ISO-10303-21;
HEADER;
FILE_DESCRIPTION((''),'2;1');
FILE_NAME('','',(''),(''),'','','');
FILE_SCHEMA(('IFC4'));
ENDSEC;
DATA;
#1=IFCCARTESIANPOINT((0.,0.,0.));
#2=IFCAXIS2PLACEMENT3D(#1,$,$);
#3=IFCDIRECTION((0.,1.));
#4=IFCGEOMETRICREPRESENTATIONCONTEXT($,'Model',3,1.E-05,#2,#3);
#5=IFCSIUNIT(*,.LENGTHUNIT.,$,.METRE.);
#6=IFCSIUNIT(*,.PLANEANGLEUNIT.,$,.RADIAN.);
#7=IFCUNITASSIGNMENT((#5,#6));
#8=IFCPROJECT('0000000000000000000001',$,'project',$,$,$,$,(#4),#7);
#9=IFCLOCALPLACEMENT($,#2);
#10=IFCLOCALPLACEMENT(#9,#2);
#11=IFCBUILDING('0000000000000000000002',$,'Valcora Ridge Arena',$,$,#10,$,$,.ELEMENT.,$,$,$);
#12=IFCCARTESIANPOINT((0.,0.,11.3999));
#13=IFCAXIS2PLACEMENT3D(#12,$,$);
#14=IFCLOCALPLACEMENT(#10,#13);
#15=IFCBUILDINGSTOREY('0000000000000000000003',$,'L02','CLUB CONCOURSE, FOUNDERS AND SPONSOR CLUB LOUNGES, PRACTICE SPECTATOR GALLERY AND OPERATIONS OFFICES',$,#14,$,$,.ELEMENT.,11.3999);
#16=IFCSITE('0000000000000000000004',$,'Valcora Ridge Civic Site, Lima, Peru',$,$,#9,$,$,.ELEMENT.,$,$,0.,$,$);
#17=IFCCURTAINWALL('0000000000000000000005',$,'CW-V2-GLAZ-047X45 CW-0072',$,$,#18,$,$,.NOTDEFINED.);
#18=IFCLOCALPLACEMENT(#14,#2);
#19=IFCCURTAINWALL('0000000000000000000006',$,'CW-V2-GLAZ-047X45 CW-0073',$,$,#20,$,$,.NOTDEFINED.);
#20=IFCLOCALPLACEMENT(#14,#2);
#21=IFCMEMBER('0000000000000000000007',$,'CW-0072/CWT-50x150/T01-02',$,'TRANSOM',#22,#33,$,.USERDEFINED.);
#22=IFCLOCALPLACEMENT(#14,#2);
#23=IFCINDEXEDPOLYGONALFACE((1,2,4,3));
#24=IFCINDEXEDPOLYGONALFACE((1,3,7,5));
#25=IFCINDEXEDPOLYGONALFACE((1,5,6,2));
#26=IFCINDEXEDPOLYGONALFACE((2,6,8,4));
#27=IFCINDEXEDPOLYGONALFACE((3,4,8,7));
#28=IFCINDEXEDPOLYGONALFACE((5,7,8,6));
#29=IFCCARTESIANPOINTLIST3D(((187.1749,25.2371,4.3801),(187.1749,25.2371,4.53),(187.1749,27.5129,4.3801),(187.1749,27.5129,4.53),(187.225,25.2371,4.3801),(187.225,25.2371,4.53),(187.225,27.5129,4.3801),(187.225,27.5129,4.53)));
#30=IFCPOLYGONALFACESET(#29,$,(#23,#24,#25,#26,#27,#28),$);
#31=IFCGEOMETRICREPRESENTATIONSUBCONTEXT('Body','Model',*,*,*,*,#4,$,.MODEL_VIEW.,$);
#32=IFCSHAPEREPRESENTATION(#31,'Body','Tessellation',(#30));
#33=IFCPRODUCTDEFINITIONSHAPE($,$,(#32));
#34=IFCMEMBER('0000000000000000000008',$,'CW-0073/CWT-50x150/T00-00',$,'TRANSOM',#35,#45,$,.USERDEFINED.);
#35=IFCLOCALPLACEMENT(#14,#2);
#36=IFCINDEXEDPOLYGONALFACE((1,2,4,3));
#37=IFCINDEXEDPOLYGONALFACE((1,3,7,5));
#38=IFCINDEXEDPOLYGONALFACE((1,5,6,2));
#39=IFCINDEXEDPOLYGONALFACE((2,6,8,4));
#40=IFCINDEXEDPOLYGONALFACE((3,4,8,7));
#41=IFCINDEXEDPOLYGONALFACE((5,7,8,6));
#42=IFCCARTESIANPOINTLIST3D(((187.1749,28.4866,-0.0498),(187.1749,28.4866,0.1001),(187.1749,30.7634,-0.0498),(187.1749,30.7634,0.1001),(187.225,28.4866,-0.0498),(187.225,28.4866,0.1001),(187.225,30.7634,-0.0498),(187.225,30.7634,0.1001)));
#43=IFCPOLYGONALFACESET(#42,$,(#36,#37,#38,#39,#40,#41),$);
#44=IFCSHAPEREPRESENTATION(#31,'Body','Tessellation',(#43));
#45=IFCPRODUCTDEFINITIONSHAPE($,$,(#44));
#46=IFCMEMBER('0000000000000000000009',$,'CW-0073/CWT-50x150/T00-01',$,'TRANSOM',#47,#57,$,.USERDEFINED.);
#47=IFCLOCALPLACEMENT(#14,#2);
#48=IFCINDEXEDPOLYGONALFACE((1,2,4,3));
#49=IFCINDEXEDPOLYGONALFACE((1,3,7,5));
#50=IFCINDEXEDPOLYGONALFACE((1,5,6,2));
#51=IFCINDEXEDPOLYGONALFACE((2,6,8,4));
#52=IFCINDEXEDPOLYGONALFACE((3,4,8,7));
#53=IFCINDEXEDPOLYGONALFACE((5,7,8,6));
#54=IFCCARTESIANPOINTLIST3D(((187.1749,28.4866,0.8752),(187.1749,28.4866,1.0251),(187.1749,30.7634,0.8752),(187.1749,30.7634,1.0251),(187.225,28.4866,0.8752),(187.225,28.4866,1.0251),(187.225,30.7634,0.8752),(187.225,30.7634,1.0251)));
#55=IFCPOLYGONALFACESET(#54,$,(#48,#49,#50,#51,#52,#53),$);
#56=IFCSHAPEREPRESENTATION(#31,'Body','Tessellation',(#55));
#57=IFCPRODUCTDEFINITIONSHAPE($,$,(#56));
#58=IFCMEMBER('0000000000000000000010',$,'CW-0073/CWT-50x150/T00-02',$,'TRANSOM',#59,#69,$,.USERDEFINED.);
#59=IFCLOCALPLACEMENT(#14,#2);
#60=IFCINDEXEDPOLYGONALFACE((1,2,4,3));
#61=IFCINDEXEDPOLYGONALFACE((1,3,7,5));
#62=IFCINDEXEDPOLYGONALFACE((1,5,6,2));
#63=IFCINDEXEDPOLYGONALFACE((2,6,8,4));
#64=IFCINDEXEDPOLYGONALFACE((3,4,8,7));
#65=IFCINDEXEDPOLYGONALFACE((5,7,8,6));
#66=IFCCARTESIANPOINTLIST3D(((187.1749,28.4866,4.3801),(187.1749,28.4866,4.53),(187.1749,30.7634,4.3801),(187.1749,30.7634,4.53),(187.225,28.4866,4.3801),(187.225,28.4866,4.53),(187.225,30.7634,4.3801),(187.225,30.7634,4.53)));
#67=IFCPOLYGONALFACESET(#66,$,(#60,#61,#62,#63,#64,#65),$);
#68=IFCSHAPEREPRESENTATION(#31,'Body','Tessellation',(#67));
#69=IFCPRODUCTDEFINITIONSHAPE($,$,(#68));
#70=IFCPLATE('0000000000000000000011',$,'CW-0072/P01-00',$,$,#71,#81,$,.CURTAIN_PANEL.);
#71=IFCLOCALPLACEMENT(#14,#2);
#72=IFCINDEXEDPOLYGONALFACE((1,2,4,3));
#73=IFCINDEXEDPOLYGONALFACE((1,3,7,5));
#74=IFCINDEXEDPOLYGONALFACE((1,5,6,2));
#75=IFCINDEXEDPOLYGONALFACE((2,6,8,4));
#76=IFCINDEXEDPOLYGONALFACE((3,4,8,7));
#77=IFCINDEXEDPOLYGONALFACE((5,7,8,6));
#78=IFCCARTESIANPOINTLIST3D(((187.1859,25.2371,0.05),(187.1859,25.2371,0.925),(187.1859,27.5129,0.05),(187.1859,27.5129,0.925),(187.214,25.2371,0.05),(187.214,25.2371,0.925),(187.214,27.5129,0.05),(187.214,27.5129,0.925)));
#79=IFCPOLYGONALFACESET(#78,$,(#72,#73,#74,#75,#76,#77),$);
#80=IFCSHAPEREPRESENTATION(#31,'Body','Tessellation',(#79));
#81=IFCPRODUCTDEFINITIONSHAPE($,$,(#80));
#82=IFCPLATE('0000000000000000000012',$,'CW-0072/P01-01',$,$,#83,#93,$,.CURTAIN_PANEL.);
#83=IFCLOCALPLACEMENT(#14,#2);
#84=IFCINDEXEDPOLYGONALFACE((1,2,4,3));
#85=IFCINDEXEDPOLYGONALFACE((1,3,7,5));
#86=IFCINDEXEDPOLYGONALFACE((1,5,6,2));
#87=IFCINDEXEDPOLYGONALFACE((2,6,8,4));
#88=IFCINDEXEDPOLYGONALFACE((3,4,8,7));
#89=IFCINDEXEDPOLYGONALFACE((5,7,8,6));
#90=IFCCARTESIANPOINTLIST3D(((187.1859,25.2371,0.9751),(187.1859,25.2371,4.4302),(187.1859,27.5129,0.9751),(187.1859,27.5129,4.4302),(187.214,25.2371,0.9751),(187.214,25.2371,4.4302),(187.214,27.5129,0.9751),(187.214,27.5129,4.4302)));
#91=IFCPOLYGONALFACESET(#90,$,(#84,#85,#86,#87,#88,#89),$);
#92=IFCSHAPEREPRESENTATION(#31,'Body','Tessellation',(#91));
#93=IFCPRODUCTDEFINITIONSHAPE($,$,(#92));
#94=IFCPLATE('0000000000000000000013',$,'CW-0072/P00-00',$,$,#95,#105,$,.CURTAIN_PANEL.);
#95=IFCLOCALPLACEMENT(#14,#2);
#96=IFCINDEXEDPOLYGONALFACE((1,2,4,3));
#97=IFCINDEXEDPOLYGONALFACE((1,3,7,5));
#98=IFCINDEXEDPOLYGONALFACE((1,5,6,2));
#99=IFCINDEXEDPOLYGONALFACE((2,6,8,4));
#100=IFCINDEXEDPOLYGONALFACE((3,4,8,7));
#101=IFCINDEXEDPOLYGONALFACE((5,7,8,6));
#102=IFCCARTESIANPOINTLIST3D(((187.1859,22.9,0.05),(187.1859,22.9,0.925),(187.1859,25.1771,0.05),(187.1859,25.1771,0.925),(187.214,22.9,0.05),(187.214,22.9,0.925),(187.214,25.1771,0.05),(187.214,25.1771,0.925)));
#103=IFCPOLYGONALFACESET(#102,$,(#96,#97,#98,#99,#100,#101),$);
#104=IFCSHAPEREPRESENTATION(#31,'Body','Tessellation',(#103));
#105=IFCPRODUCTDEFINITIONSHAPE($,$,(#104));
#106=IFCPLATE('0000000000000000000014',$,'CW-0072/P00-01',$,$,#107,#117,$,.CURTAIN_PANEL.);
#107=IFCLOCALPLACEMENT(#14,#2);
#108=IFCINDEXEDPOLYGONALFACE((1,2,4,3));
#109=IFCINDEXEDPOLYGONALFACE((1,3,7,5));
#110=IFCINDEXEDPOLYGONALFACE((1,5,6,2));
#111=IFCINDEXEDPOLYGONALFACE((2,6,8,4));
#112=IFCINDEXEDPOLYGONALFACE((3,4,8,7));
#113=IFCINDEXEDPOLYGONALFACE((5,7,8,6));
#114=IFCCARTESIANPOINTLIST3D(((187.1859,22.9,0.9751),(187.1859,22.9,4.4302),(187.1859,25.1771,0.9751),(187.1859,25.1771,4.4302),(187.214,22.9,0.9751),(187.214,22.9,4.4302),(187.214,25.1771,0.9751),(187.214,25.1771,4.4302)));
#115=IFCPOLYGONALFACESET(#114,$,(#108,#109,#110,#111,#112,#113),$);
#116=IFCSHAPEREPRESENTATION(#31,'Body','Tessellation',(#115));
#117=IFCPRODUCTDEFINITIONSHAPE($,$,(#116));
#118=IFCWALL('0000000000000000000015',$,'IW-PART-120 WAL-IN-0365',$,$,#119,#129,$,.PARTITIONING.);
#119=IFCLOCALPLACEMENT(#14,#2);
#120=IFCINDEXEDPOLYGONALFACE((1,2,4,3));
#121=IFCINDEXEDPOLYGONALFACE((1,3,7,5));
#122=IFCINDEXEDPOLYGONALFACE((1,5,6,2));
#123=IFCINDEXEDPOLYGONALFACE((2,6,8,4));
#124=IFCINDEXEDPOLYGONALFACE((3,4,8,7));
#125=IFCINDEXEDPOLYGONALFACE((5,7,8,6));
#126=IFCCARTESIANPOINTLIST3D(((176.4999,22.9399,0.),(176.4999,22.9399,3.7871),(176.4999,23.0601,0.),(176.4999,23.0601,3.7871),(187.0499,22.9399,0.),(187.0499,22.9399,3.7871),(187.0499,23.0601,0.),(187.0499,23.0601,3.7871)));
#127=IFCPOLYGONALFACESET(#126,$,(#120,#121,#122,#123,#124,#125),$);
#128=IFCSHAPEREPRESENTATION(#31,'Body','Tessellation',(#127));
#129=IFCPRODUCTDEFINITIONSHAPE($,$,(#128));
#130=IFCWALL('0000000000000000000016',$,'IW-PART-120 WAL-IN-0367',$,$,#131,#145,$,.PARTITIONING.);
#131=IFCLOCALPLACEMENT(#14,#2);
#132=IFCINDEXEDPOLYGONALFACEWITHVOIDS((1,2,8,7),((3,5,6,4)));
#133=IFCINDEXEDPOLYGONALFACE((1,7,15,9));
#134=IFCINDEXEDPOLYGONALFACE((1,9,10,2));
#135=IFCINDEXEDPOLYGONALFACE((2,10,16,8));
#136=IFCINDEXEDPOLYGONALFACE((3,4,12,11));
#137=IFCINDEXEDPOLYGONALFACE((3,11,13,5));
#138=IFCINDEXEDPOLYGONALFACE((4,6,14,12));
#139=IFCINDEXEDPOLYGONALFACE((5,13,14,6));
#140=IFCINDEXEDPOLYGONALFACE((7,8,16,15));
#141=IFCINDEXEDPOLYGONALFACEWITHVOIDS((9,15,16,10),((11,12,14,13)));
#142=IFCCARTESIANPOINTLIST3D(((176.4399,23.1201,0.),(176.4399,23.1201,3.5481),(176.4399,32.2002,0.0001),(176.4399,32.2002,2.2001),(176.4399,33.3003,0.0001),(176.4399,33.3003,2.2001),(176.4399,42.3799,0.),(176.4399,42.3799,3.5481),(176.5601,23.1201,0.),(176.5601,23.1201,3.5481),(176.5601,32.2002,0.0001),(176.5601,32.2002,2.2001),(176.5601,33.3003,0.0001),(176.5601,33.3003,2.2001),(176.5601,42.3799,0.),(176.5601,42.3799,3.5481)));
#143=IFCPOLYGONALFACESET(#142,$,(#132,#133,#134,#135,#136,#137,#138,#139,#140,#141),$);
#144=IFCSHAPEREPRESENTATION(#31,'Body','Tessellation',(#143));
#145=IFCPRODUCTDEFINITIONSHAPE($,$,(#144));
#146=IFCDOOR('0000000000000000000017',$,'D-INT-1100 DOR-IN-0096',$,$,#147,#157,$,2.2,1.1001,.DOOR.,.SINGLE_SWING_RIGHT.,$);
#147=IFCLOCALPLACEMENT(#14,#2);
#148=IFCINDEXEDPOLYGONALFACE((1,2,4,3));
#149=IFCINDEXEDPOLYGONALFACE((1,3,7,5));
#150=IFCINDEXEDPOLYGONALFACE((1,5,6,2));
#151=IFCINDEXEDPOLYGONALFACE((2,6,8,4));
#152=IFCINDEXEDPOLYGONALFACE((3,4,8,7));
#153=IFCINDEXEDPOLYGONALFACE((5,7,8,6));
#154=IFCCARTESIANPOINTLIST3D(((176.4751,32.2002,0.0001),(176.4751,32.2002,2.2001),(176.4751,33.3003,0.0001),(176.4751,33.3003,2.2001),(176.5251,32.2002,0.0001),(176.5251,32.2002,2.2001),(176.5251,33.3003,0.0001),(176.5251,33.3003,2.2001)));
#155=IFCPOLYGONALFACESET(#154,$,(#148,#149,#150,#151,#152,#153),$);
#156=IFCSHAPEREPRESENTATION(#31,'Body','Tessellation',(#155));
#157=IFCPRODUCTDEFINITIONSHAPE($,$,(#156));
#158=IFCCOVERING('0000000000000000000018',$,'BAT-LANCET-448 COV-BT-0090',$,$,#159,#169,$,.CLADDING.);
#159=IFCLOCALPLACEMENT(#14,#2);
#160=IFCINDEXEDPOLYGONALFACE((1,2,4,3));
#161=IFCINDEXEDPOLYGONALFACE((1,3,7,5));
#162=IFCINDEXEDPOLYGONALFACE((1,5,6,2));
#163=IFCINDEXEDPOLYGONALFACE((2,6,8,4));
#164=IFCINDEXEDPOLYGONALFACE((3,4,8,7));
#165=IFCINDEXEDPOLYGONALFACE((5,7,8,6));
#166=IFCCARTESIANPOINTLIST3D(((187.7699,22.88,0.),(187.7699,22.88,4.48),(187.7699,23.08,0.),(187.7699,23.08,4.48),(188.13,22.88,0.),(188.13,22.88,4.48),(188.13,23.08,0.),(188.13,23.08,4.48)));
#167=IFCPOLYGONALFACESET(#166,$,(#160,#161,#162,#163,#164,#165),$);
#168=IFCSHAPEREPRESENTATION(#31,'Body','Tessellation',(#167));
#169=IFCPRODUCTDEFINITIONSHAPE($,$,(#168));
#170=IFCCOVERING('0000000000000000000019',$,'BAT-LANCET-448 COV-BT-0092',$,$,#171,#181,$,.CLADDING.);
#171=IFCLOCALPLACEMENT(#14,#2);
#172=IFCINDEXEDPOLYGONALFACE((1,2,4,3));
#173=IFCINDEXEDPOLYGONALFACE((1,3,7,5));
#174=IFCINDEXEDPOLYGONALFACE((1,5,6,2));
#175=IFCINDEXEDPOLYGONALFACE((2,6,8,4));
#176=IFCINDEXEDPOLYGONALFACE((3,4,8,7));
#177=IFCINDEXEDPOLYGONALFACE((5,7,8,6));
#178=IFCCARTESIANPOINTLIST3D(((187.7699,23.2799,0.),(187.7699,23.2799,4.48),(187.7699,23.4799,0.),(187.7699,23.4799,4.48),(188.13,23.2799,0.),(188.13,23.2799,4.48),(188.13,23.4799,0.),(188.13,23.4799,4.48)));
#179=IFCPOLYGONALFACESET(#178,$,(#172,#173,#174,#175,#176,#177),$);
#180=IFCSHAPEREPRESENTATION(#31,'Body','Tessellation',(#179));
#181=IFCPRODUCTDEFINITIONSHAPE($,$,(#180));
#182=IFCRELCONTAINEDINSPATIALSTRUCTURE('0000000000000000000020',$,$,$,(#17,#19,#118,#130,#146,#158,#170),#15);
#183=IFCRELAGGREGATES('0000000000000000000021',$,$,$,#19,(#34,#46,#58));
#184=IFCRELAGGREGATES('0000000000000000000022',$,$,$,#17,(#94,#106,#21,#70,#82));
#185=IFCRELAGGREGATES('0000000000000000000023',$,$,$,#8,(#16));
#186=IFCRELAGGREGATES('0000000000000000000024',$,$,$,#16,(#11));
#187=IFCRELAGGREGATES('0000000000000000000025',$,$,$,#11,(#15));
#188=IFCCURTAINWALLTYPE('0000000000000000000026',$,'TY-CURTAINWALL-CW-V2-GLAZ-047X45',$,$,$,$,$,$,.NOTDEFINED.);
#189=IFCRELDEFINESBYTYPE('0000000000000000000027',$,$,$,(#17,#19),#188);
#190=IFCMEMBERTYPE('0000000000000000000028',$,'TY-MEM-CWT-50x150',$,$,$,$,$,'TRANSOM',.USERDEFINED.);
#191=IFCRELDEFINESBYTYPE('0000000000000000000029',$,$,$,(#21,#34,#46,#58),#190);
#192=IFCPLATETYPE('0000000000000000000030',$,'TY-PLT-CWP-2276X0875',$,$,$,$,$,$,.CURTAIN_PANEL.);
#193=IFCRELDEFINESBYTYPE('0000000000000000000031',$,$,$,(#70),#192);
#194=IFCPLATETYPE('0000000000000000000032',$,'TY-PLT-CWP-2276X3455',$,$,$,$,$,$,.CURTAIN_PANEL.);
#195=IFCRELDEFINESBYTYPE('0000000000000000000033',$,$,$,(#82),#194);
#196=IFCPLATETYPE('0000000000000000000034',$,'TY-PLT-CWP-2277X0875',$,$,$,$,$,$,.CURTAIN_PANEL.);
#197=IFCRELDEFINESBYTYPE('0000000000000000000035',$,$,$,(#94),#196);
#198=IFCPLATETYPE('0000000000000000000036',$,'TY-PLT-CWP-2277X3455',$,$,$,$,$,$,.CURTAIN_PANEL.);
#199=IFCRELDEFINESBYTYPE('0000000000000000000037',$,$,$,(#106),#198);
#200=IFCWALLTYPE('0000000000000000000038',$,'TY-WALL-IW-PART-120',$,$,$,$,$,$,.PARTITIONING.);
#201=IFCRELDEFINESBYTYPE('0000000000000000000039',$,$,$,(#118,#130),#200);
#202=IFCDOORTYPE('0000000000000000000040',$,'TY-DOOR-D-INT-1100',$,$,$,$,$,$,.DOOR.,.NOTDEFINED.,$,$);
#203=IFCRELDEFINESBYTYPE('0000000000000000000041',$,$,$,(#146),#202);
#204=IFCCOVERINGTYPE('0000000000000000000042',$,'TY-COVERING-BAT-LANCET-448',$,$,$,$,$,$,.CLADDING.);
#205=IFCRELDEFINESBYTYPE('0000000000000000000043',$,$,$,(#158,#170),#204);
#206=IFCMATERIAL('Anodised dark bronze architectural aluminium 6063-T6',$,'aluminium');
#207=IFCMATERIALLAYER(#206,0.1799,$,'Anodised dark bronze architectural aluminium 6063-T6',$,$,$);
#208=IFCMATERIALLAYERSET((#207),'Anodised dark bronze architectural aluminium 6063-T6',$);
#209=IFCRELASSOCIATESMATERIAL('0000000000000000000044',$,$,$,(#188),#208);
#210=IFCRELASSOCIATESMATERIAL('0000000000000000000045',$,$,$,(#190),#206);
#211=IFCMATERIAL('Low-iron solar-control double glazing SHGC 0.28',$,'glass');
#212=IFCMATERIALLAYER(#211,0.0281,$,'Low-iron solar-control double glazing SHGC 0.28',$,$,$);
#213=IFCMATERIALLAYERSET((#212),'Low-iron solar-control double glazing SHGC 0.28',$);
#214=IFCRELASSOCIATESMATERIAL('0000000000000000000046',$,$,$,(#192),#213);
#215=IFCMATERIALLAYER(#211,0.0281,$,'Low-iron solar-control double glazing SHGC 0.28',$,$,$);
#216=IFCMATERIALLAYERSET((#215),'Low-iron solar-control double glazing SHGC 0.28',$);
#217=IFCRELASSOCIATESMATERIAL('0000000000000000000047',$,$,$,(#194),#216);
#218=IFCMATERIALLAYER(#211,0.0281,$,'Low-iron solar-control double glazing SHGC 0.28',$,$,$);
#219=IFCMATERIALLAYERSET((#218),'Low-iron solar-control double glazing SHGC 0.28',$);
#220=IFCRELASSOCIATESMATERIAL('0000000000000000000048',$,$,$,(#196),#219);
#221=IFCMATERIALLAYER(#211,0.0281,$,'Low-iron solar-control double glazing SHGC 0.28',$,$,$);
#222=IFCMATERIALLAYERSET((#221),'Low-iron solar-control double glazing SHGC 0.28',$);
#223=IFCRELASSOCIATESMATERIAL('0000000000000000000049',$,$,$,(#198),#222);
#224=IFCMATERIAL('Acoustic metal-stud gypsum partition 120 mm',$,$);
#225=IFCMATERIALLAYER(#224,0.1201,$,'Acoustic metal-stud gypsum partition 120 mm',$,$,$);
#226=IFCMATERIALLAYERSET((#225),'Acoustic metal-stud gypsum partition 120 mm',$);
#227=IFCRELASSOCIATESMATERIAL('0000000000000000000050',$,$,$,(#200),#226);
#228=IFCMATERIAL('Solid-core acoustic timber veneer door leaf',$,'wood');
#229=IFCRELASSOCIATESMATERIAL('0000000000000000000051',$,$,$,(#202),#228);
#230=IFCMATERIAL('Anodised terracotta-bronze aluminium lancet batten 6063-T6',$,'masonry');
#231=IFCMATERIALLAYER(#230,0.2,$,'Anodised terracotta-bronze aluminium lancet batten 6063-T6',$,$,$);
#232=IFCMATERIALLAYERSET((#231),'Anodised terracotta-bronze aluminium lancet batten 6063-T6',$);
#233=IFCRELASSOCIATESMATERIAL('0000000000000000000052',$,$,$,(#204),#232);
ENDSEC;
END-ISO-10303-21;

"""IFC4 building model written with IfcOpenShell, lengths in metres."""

from ifc_helpers import new_model, si_unit, direction, frame, frame_2d, origin, origin_2d, place, context, subcontext, project, spatial, rectangle, extrude, material, layer, layer_set, material_profile, profile_set, type_object, element, fill, aggregate, save


model = new_model("IFC4")

# Units and contexts
model_context = context("Model", 3, precision=1e-05, world=origin(), true_north=direction((0.0, 1.0)))
body_context = subcontext(model_context, "Body", "Model", "MODEL_VIEW")
ifc_project = project(units=[si_unit("LENGTHUNIT", "METRE"), si_unit("PLANEANGLEUNIT", "RADIAN")], contexts=[model_context])

# Site, building, storey
site_placement = place(None, origin())
site = spatial("IfcSite", under=ifc_project, at=site_placement, Name="Valcora Ridge Civic Site, Lima, Peru", CompositionType="ELEMENT", RefElevation=0.0)
building_placement = place(site_placement, origin())
building = spatial("IfcBuilding", under=site, at=building_placement, Name="Valcora Ridge Arena", CompositionType="ELEMENT")
storey_placement = place(building_placement, frame((0.0, 0.0, 11.3999)))
storey = spatial("IfcBuildingStorey", under=building, at=storey_placement, Name="L02", Description="CLUB CONCOURSE, FOUNDERS AND SPONSOR CLUB LOUNGES, PRACTICE SPECTATOR GALLERY AND OPERATIONS OFFICES", CompositionType="ELEMENT", Elevation=11.3999)

# Curtain wall
ifc_material_1 = material(Name="Anodised dark bronze architectural aluminium 6063-T6", Category="aluminium")
ifc_layer_1 = layer(ifc_material_1, 0.1799, Name="Anodised dark bronze architectural aluminium 6063-T6")
ifc_layer_set_1 = layer_set([ifc_layer_1], Name="Anodised dark bronze architectural aluminium 6063-T6")
curtain_wall_type = type_object("IfcCurtainWallType", Name="TY-CURTAINWALL-CW-V2-GLAZ-047X45", PredefinedType="NOTDEFINED", material=ifc_layer_set_1)
curtain_wall_1_placement = place(storey_placement, origin())
curtain_wall_1 = element("IfcCurtainWall", 1, at=curtain_wall_1_placement, inside=storey, type_object=curtain_wall_type, Name="CW-V2-GLAZ-047X45 CW-0072", PredefinedType="NOTDEFINED")

# Curtain wall
curtain_wall_2_placement = place(storey_placement, origin())
curtain_wall_2 = element("IfcCurtainWall", 2, at=curtain_wall_2_placement, inside=storey, type_object=curtain_wall_type, Name="CW-V2-GLAZ-047X45 CW-0073", PredefinedType="NOTDEFINED")

# Members
ifc_material_profile_1 = material_profile(ifc_material_1, rectangle(XDim=0.05, YDim=0.1499, at=origin_2d()), Name="ALU TRANSOM 50x150")
ifc_profile_set_1 = profile_set([ifc_material_profile_1], Name="Anodised dark bronze architectural aluminium 6063-T6")
member_type_1 = type_object("IfcMemberType", Name="TY-MEM-CWT-50x150", ElementType="TRANSOM", PredefinedType="USERDEFINED", material=ifc_profile_set_1)
member_1_placement = place(storey_placement, frame((187.2, 25.2371, 4.4551), z_axis=(0.0, 1.0, 0.0), x_axis=(-1.0, 0.0, 0.0)))
member_1 = element("IfcMember", 3, at=member_1_placement, type_object=member_type_1, Name="CW-0072/CWT-50x150/T01-02", ObjectType="TRANSOM", PredefinedType="USERDEFINED", context=body_context, shape_type="SweptSolid", body=[
    extrude(rectangle(XDim=0.05, YDim=0.1499, at=origin_2d()), origin(), (0.0, 0.0, 1.0), 2.2759),
])
member_2_placement = place(storey_placement, frame((187.2, 28.4866, 0.0251), z_axis=(0.0, 1.0, 0.0), x_axis=(-1.0, 0.0, 0.0)))
member_2 = element("IfcMember", 4, at=member_2_placement, type_object=member_type_1, Name="CW-0073/CWT-50x150/T00-00", ObjectType="TRANSOM", PredefinedType="USERDEFINED", context=body_context, shape_type="SweptSolid", body=[
    extrude(rectangle(XDim=0.05, YDim=0.1499, at=origin_2d()), origin(), (0.0, 0.0, 1.0), 2.2769),
])
member_3_placement = place(storey_placement, frame((187.2, 28.4866, 0.9502), z_axis=(0.0, 1.0, 0.0), x_axis=(-1.0, 0.0, 0.0)))
member_3 = element("IfcMember", 5, at=member_3_placement, type_object=member_type_1, Name="CW-0073/CWT-50x150/T00-01", ObjectType="TRANSOM", PredefinedType="USERDEFINED", context=body_context, shape_type="SweptSolid", body=[
    extrude(rectangle(XDim=0.05, YDim=0.1499, at=origin_2d()), origin(), (0.0, 0.0, 1.0), 2.2769),
])
member_4_placement = place(storey_placement, frame((187.2, 28.4866, 4.4551), z_axis=(0.0, 1.0, 0.0), x_axis=(-1.0, 0.0, 0.0)))
member_4 = element("IfcMember", 6, at=member_4_placement, type_object=member_type_1, Name="CW-0073/CWT-50x150/T00-02", ObjectType="TRANSOM", PredefinedType="USERDEFINED", context=body_context, shape_type="SweptSolid", body=[
    extrude(rectangle(XDim=0.05, YDim=0.1499, at=origin_2d()), origin(), (0.0, 0.0, 1.0), 2.2769),
])
aggregate(curtain_wall_2, [member_2, member_3, member_4])

# Plates
ifc_material_2 = material(Name="Low-iron solar-control double glazing SHGC 0.28", Category="glass")
ifc_layer_2 = layer(ifc_material_2, 0.0281, Name="Low-iron solar-control double glazing SHGC 0.28")
ifc_layer_set_2 = layer_set([ifc_layer_2], Name="Low-iron solar-control double glazing SHGC 0.28")
plate_type_1 = type_object("IfcPlateType", Name="TY-PLT-CWP-2276X0875", PredefinedType="CURTAIN_PANEL", material=ifc_layer_set_2)
plate_1_placement = place(storey_placement, frame((187.2, 26.375, 0.05), z_axis=(0.0, 0.0, 1.0), x_axis=(0.0, 1.0, 0.0)))
plate_1 = element("IfcPlate", 7, at=plate_1_placement, type_object=plate_type_1, Name="CW-0072/P01-00", PredefinedType="CURTAIN_PANEL", context=body_context, shape_type="SweptSolid", body=[
    extrude(rectangle(XDim=2.2759, YDim=0.0281, at=origin_2d()), origin(), (0.0, 0.0, 1.0), 0.875),
])
ifc_layer_3 = layer(ifc_material_2, 0.0281, Name="Low-iron solar-control double glazing SHGC 0.28")
ifc_layer_set_3 = layer_set([ifc_layer_3], Name="Low-iron solar-control double glazing SHGC 0.28")
plate_type_2 = type_object("IfcPlateType", Name="TY-PLT-CWP-2276X3455", PredefinedType="CURTAIN_PANEL", material=ifc_layer_set_3)
plate_2_placement = place(storey_placement, frame((187.2, 26.375, 0.9751), z_axis=(0.0, 0.0, 1.0), x_axis=(0.0, 1.0, 0.0)))
plate_2 = element("IfcPlate", 8, at=plate_2_placement, type_object=plate_type_2, Name="CW-0072/P01-01", PredefinedType="CURTAIN_PANEL", context=body_context, shape_type="SweptSolid", body=[
    extrude(rectangle(XDim=2.2759, YDim=0.0281, at=origin_2d()), origin(), (0.0, 0.0, 1.0), 3.4551),
])
ifc_layer_4 = layer(ifc_material_2, 0.0281, Name="Low-iron solar-control double glazing SHGC 0.28")
ifc_layer_set_4 = layer_set([ifc_layer_4], Name="Low-iron solar-control double glazing SHGC 0.28")
plate_type_3 = type_object("IfcPlateType", Name="TY-PLT-CWP-2277X0875", PredefinedType="CURTAIN_PANEL", material=ifc_layer_set_4)
plate_3_placement = place(storey_placement, frame((187.2, 24.0386, 0.05), z_axis=(0.0, 0.0, 1.0), x_axis=(0.0, 1.0, 0.0)))
plate_3 = element("IfcPlate", 9, at=plate_3_placement, type_object=plate_type_3, Name="CW-0072/P00-00", PredefinedType="CURTAIN_PANEL", context=body_context, shape_type="SweptSolid", body=[
    extrude(rectangle(XDim=2.2771, YDim=0.0281, at=origin_2d()), origin(), (0.0, 0.0, 1.0), 0.875),
])
ifc_layer_5 = layer(ifc_material_2, 0.0281, Name="Low-iron solar-control double glazing SHGC 0.28")
ifc_layer_set_5 = layer_set([ifc_layer_5], Name="Low-iron solar-control double glazing SHGC 0.28")
plate_type_4 = type_object("IfcPlateType", Name="TY-PLT-CWP-2277X3455", PredefinedType="CURTAIN_PANEL", material=ifc_layer_set_5)
plate_4_placement = place(storey_placement, frame((187.2, 24.0386, 0.9751), z_axis=(0.0, 0.0, 1.0), x_axis=(0.0, 1.0, 0.0)))
plate_4 = element("IfcPlate", 10, at=plate_4_placement, type_object=plate_type_4, Name="CW-0072/P00-01", PredefinedType="CURTAIN_PANEL", context=body_context, shape_type="SweptSolid", body=[
    extrude(rectangle(XDim=2.2771, YDim=0.0281, at=origin_2d()), origin(), (0.0, 0.0, 1.0), 3.4551),
])
aggregate(curtain_wall_1, [plate_3, plate_4, member_1, plate_1, plate_2])

# Wall
ifc_material_3 = material(Name="Acoustic metal-stud gypsum partition 120 mm")
ifc_layer_6 = layer(ifc_material_3, 0.1201, Name="Acoustic metal-stud gypsum partition 120 mm")
ifc_layer_set_6 = layer_set([ifc_layer_6], Name="Acoustic metal-stud gypsum partition 120 mm")
wall_type = type_object("IfcWallType", Name="TY-WALL-IW-PART-120", PredefinedType="PARTITIONING", material=ifc_layer_set_6)
wall_1_placement = place(storey_placement, frame((176.5, 23.0, 0.0), z_axis=(0.0, 0.0, 1.0), x_axis=(1.0, 0.0, 0.0)))
element("IfcWall", 11, at=wall_1_placement, inside=storey, type_object=wall_type, Name="IW-PART-120 WAL-IN-0365", PredefinedType="PARTITIONING", context=body_context, shape_type="SweptSolid", body=[
    extrude(rectangle(XDim=10.55, YDim=0.1201, at=frame_2d((5.2749, 0.0))), origin(), (0.0, 0.0, 1.0), 3.7871),
])

# Wall, opening, door
wall_2_placement = place(storey_placement, frame((176.5, 23.1201, 0.0), z_axis=(0.0, 0.0, 1.0), x_axis=(0.0, 1.0, 0.0)))
wall_2 = element("IfcWall", 12, at=wall_2_placement, inside=storey, type_object=wall_type, Name="IW-PART-120 WAL-IN-0367", PredefinedType="PARTITIONING", context=body_context, shape_type="SweptSolid", body=[
    extrude(rectangle(XDim=19.2598, YDim=0.1201, at=frame_2d((9.6299, 0.0))), origin(), (0.0, 0.0, 1.0), 3.5481),
])
opening_placement = place(wall_2_placement, frame((9.0801, 0.0, 0.0)))
opening = element("IfcOpeningElement", 13, at=opening_placement, cuts=wall_2, PredefinedType="OPENING", context=body_context, shape_type="SweptSolid", body=[
    extrude(rectangle(XDim=1.1001, YDim=2.2, at=frame_2d((0.55, 1.1001))), frame((0.0, 0.0701, 0.0), z_axis=(0.0, -1.0, 0.0), x_axis=(1.0, 0.0, 0.0)), (0.0, 0.0, 1.0), 0.1401),
])
ifc_material_4 = material(Name="Solid-core acoustic timber veneer door leaf", Category="wood")
door_type = type_object("IfcDoorType", Name="TY-DOOR-D-INT-1100", OperationType="NOTDEFINED", PredefinedType="DOOR", material=ifc_material_4)
door_placement = place(opening_placement, origin())
door = element("IfcDoor", 14, at=door_placement, inside=storey, type_object=door_type, Name="D-INT-1100 DOR-IN-0096", OperationType="SINGLE_SWING_RIGHT", OverallHeight=2.2, OverallWidth=1.1001, PredefinedType="DOOR", context=body_context, shape_type="SweptSolid", body=[
    extrude(rectangle(XDim=1.1001, YDim=2.2, at=frame_2d((0.55, 1.1001))), frame((0.0, 0.0249, 0.0), z_axis=(0.0, -1.0, 0.0), x_axis=(1.0, 0.0, 0.0)), (0.0, 0.0, 1.0), 0.05),
])
fill(opening, door)

# Coverings
ifc_material_5 = material(Name="Anodised terracotta-bronze aluminium lancet batten 6063-T6", Category="masonry")
ifc_layer_7 = layer(ifc_material_5, 0.2, Name="Anodised terracotta-bronze aluminium lancet batten 6063-T6")
ifc_layer_set_7 = layer_set([ifc_layer_7], Name="Anodised terracotta-bronze aluminium lancet batten 6063-T6")
covering_type = type_object("IfcCoveringType", Name="TY-COVERING-BAT-LANCET-448", PredefinedType="CLADDING", material=ifc_layer_set_7)
for number, where, z_axis, x_axis, name in (
    (15, (187.95, 22.98, 0.0), (0.0, 0.0, 1.0), (1.0, 0.0, 0.0), "BAT-LANCET-448 COV-BT-0090"),
    (16, (187.95, 23.3799, 0.0), (0.0, 0.0, 1.0), (1.0, 0.0, 0.0), "BAT-LANCET-448 COV-BT-0092"),
):
    element("IfcCovering", number, at=place(storey_placement, frame(where, z_axis=z_axis, x_axis=x_axis)), inside=storey, type_object=covering_type, Name=name, PredefinedType="CLADDING", context=body_context, shape_type="SweptSolid", body=[
        extrude(rectangle(XDim=0.3601, YDim=0.2, at=origin_2d()), origin(), (0.0, 0.0, 1.0), 4.48),
    ])

save(model, "model.ifc")
